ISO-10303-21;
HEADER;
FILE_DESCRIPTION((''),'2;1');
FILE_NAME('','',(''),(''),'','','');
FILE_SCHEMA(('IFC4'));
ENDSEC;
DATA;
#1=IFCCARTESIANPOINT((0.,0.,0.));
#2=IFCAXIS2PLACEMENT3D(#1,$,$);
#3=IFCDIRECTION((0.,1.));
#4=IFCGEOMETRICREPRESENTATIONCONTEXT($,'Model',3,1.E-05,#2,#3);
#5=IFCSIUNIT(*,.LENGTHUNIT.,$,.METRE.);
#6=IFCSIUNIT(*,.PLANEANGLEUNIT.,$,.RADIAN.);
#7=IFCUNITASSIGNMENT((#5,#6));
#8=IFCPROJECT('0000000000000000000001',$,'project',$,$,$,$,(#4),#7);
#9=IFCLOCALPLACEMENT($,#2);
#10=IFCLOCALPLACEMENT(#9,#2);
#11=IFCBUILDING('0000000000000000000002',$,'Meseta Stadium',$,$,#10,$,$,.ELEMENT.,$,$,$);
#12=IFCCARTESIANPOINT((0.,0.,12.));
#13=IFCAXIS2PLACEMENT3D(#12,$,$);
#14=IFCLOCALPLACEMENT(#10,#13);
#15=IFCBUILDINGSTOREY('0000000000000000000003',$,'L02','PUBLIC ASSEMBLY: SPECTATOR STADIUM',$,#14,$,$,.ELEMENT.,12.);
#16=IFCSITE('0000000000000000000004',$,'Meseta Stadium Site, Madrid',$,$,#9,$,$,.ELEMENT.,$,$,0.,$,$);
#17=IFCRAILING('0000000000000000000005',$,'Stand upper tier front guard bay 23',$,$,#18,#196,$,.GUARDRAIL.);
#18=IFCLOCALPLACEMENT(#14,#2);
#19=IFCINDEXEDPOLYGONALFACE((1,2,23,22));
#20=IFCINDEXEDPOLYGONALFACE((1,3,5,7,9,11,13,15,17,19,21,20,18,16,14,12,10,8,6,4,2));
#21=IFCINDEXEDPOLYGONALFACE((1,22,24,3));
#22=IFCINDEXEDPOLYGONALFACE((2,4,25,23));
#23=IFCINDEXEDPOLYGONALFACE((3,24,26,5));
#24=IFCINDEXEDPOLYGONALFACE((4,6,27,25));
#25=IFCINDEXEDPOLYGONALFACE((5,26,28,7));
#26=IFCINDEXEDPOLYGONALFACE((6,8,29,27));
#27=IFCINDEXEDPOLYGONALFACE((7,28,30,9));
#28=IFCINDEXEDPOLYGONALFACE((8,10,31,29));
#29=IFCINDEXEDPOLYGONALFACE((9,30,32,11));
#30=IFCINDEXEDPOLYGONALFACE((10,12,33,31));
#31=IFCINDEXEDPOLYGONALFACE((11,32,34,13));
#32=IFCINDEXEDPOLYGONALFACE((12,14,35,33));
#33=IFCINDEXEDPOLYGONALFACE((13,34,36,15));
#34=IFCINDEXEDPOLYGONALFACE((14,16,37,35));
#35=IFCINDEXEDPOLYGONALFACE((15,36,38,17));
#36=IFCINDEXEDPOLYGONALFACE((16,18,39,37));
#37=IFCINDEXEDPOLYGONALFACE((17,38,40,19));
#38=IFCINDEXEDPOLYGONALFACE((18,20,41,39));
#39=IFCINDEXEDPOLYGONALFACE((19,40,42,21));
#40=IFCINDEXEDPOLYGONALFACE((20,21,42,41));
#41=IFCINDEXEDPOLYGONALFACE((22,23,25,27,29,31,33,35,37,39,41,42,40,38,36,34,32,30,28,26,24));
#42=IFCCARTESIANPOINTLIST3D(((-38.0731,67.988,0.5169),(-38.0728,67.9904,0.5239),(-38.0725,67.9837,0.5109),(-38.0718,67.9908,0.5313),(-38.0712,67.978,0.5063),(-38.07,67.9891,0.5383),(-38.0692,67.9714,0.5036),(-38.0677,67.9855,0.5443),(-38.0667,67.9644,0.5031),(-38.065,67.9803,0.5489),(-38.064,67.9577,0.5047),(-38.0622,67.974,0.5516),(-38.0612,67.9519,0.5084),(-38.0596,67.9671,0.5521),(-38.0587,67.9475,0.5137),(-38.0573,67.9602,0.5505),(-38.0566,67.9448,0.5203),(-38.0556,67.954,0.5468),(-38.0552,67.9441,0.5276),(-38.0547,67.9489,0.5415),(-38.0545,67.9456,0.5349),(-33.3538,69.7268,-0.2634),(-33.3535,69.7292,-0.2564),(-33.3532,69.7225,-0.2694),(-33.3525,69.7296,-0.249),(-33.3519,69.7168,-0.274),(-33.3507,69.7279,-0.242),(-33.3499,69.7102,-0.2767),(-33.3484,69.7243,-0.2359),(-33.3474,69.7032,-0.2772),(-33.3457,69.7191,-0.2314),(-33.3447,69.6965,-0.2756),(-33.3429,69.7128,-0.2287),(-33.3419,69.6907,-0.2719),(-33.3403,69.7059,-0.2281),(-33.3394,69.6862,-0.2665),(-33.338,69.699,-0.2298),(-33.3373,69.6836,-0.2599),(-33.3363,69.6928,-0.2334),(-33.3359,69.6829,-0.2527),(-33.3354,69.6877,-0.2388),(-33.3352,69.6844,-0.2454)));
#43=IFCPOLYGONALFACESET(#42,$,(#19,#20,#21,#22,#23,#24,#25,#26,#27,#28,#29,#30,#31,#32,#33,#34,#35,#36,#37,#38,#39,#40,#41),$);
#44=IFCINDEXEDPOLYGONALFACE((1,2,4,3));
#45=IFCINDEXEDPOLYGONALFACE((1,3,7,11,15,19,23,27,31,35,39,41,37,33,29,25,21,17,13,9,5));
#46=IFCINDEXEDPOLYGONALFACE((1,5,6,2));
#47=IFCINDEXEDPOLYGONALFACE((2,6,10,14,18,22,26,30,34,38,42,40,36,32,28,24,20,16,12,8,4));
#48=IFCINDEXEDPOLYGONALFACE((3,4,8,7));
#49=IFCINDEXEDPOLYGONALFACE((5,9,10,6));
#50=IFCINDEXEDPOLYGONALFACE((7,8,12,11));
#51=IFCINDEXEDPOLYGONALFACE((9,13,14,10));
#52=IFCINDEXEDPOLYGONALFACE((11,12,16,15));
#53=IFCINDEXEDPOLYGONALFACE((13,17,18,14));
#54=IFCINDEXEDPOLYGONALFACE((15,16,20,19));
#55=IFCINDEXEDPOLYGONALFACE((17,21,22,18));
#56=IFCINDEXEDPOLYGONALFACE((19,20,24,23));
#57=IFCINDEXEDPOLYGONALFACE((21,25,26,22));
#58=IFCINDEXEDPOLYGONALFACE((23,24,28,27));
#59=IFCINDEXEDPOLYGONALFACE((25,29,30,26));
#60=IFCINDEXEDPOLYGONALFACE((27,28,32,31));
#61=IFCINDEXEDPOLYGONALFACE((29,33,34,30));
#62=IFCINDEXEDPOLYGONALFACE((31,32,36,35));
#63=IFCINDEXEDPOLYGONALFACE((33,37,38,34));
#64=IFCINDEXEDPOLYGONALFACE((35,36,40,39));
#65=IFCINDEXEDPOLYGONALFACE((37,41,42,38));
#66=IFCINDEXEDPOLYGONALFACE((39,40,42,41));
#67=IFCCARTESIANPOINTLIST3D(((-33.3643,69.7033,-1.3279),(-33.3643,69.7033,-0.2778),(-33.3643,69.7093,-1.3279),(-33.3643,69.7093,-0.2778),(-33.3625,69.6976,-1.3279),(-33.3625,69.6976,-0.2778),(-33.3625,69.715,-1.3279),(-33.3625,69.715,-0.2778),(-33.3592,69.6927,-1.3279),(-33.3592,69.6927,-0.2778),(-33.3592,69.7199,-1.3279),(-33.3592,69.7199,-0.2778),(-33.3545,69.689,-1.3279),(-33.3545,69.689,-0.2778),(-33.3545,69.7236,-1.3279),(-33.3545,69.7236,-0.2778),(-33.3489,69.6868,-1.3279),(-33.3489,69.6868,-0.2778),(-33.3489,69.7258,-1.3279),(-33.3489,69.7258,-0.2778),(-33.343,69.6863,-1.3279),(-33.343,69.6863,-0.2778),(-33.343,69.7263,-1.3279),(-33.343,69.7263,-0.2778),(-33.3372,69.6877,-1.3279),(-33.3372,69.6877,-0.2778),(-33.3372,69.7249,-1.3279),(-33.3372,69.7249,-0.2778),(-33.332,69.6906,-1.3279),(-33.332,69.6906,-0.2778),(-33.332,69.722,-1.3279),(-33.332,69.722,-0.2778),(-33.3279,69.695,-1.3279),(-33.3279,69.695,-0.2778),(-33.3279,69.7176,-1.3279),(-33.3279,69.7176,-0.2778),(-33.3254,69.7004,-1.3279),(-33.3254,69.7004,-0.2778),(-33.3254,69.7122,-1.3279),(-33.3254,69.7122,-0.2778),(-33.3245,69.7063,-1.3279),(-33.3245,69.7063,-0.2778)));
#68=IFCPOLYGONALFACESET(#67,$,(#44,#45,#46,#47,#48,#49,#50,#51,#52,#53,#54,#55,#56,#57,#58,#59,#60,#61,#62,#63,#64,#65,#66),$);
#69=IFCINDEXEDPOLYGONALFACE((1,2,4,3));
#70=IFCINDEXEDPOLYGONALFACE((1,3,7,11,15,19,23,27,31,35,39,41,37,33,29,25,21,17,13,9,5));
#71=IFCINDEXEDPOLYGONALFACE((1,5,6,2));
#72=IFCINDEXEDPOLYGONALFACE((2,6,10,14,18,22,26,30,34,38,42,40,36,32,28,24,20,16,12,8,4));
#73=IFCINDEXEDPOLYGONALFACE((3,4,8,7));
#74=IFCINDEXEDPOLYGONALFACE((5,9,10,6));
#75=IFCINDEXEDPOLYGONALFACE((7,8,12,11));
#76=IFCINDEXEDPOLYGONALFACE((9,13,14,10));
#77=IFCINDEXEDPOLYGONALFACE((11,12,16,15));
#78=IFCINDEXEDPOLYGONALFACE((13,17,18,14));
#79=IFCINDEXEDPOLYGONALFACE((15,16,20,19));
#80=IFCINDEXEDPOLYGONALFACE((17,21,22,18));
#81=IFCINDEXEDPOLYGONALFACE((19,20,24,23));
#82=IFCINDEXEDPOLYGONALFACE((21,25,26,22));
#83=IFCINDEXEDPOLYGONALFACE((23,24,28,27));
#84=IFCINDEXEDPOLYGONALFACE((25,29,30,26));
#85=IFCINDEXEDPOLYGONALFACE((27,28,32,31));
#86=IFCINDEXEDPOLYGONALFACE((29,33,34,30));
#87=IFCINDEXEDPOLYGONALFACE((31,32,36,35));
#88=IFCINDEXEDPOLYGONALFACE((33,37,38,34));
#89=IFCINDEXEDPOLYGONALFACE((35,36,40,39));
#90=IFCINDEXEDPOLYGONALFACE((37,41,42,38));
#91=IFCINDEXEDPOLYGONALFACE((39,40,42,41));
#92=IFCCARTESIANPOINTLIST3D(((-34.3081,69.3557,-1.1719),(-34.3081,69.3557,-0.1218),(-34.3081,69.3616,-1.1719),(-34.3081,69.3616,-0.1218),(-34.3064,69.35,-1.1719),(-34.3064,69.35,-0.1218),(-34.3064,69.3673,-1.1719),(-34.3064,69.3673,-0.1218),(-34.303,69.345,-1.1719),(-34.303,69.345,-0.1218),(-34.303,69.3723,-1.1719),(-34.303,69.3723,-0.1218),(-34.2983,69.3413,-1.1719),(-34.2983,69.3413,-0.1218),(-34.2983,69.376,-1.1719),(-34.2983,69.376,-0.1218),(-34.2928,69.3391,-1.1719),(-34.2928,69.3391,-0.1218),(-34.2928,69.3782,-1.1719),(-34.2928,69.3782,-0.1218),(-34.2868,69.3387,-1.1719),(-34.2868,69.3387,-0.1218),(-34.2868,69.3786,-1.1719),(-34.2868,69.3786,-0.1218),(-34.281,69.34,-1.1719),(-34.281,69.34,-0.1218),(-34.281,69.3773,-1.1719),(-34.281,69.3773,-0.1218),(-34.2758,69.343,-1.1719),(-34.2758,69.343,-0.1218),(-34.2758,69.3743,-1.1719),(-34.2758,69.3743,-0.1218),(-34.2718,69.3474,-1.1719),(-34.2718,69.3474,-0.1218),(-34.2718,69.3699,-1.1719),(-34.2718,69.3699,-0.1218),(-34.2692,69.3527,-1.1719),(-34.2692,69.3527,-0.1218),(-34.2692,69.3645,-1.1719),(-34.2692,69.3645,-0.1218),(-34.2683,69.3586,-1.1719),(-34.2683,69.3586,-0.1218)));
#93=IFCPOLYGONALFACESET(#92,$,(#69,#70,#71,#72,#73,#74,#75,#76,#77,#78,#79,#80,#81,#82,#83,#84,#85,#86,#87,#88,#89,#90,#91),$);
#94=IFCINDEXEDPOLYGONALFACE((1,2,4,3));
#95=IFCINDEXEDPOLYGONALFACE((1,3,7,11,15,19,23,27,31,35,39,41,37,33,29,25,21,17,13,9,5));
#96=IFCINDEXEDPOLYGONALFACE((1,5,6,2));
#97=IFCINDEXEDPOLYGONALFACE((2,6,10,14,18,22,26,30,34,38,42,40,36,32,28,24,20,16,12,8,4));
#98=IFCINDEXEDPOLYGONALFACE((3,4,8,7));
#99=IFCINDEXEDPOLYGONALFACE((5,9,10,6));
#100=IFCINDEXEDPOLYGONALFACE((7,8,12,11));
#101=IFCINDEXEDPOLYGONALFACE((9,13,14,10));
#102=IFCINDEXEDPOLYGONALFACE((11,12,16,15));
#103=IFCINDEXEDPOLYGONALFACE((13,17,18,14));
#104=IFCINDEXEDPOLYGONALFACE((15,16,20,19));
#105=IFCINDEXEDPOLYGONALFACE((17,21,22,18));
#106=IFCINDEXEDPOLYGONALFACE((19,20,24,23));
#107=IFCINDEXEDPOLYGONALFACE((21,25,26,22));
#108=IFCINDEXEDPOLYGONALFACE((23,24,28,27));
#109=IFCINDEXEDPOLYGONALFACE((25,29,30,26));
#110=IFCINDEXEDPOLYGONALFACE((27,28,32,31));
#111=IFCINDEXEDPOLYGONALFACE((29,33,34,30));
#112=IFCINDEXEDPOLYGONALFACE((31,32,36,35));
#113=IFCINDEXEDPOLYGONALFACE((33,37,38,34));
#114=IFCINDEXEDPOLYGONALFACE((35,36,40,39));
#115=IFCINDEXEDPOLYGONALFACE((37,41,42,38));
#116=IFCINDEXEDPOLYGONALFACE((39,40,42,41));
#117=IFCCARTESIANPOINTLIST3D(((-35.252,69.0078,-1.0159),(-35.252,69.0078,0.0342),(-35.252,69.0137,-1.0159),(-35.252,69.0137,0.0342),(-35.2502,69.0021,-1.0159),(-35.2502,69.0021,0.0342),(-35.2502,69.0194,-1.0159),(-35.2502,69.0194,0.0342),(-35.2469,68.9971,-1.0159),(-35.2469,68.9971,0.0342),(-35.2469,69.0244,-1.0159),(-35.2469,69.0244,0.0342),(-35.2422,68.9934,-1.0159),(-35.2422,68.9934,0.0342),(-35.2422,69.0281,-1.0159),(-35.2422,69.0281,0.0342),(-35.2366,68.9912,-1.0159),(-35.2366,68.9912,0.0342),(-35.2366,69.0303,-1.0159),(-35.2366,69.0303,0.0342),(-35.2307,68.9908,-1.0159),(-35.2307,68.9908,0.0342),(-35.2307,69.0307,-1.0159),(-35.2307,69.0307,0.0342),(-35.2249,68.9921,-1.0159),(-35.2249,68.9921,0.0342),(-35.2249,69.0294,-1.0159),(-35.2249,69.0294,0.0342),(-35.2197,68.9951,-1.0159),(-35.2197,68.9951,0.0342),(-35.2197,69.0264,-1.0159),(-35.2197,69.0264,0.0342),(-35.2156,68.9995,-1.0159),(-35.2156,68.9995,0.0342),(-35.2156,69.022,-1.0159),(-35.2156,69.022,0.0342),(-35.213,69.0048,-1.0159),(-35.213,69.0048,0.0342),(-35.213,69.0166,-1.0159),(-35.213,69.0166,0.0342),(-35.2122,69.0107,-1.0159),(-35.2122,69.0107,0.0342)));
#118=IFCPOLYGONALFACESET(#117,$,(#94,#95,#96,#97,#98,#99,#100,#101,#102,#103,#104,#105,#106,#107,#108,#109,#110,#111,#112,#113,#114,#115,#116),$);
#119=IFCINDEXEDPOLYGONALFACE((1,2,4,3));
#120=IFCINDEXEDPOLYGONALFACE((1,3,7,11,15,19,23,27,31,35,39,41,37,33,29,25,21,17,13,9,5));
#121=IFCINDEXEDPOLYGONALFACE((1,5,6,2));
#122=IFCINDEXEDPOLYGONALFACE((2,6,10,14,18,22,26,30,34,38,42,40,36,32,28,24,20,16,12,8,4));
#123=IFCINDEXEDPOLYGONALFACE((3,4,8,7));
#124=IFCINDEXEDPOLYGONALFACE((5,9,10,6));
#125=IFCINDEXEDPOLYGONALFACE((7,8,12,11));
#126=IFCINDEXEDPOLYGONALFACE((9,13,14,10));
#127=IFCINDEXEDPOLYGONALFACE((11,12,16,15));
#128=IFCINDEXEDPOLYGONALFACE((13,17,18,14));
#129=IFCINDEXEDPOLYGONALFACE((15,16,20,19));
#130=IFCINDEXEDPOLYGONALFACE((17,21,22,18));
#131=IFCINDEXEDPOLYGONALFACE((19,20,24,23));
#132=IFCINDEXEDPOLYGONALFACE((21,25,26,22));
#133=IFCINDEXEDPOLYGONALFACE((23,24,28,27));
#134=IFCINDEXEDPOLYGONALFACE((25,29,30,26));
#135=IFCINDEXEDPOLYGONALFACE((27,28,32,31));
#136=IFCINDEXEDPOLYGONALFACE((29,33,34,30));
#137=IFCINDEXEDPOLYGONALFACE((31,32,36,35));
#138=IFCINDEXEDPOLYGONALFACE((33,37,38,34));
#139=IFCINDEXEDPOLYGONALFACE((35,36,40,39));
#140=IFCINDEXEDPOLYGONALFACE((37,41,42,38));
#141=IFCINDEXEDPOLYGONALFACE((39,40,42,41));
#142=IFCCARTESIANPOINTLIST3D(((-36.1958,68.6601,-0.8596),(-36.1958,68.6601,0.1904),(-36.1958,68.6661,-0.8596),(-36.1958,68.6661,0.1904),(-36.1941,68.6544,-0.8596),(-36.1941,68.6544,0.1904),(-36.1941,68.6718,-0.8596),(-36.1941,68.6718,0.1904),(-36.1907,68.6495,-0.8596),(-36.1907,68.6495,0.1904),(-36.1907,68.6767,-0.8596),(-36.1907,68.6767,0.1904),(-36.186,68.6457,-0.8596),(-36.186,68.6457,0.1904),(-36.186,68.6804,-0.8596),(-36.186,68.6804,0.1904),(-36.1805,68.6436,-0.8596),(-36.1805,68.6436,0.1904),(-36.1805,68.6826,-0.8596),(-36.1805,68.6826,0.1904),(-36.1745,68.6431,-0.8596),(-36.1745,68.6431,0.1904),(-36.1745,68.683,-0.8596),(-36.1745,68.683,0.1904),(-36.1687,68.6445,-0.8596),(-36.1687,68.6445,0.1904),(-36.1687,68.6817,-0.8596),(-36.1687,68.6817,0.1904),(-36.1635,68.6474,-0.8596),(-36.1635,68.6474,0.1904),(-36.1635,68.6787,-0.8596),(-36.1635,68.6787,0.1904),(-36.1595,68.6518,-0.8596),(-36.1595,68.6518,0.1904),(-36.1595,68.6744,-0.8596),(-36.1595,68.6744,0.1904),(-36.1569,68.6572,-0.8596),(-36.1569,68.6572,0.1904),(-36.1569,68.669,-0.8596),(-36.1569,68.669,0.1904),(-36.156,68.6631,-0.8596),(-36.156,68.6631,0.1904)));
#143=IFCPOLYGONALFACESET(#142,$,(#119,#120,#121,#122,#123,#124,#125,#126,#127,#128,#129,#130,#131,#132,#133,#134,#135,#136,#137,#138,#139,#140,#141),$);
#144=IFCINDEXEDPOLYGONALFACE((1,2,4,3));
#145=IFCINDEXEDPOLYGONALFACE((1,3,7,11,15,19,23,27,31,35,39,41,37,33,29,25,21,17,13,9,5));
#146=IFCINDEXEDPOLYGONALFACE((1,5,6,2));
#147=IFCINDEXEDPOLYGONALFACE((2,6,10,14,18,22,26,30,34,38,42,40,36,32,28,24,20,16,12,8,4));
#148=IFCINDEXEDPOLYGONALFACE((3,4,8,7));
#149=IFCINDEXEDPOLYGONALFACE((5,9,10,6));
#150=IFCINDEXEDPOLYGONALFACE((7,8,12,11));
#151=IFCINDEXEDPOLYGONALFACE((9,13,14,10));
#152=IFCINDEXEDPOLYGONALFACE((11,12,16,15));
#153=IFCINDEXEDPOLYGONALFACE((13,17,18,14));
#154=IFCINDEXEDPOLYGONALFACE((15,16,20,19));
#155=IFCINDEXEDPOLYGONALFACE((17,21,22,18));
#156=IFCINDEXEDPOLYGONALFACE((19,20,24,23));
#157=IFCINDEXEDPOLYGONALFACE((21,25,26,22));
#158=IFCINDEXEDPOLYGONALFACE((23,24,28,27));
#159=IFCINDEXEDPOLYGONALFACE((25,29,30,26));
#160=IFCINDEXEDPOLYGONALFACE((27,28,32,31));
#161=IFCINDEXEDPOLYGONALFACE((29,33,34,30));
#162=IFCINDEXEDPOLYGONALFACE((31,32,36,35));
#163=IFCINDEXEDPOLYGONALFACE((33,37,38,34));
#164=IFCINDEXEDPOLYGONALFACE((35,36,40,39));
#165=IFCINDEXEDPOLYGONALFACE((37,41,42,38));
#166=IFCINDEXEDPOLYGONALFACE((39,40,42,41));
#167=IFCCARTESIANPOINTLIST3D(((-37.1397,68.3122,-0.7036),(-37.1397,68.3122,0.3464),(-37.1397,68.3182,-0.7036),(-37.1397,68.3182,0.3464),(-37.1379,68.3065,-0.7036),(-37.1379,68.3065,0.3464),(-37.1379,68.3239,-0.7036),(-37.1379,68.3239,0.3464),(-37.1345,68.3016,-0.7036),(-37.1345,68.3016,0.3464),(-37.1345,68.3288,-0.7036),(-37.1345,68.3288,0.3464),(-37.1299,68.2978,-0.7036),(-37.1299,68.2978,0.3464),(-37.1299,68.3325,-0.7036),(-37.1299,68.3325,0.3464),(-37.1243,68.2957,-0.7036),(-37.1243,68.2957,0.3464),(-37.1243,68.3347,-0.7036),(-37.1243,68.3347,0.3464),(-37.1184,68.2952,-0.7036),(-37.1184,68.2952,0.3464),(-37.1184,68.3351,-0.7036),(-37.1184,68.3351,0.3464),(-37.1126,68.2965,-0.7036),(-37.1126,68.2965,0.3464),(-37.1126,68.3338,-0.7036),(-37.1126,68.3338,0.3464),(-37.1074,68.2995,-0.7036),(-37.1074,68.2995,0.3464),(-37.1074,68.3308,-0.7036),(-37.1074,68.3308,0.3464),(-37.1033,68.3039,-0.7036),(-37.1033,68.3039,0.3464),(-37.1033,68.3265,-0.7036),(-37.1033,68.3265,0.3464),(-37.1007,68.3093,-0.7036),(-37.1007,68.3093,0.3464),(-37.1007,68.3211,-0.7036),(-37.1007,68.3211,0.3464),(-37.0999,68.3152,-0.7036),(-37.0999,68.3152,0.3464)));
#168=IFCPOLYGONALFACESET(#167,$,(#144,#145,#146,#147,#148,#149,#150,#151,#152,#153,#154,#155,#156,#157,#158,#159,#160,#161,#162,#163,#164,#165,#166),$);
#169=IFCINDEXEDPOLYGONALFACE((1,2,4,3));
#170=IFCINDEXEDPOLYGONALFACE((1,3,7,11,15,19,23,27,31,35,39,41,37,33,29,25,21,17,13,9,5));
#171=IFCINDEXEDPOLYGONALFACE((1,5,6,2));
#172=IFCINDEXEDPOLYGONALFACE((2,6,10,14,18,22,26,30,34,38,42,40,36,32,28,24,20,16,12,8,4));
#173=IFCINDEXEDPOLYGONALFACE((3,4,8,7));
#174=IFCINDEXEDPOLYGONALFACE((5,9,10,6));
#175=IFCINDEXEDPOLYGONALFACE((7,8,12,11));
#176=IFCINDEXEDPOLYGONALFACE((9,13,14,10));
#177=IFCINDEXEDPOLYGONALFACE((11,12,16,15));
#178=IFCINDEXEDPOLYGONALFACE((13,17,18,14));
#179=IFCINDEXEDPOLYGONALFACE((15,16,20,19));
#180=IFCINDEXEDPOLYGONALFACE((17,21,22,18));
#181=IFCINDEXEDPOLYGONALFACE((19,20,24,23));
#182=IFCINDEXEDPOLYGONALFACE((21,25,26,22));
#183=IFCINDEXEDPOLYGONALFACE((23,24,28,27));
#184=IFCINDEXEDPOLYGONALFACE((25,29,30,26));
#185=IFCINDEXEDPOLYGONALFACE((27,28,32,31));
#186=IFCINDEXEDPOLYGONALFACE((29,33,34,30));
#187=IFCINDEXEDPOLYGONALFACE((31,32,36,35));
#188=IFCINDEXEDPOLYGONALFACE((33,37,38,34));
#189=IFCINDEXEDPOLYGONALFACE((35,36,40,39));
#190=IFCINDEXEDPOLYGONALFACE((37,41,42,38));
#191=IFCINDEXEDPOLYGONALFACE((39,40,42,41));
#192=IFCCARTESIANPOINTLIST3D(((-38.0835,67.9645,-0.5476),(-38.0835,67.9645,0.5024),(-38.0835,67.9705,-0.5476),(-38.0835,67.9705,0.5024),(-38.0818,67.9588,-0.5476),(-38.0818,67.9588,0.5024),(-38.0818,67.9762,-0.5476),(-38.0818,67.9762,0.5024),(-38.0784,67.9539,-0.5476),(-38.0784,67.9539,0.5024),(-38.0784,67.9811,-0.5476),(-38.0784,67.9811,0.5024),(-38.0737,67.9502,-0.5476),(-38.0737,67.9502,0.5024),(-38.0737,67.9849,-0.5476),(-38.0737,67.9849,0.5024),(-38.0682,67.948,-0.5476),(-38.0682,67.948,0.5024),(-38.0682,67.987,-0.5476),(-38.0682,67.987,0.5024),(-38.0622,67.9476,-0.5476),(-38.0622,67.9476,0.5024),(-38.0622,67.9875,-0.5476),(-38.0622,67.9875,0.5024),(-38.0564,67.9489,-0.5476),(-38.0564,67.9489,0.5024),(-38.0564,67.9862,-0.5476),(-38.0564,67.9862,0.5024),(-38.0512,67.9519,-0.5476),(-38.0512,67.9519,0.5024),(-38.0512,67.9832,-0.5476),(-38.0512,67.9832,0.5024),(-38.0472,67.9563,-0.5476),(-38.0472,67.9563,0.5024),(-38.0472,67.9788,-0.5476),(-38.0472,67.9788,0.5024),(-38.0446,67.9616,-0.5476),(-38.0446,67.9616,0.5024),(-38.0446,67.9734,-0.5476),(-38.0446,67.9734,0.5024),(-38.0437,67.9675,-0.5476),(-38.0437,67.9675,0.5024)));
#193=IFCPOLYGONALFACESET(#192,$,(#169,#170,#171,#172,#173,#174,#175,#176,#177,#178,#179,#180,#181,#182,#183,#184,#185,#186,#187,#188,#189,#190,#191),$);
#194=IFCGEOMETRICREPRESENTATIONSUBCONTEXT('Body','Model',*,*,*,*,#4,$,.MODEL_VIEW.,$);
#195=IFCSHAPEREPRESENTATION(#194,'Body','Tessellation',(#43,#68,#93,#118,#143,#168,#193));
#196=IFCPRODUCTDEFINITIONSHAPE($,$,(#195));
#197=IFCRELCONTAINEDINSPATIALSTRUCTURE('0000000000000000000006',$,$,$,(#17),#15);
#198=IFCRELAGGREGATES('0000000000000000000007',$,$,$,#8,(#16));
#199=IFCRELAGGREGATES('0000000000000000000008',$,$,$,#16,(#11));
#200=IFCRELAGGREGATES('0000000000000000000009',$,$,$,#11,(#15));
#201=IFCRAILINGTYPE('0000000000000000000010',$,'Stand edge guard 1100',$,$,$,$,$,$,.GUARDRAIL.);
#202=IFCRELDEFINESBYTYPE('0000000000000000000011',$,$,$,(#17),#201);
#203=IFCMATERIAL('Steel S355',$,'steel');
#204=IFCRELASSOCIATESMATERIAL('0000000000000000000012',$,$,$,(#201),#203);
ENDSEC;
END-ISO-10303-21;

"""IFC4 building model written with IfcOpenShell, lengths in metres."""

from ifc_helpers import new_model, si_unit, direction, frame, origin, origin_2d, place, context, subcontext, project, spatial, circle, extrude, material, type_object, element, save


model = new_model("IFC4")

# Units and contexts
model_context = context("Model", 3, precision=1e-05, world=origin(), true_north=direction((0.0, 1.0)))
body_context = subcontext(model_context, "Body", "Model", "MODEL_VIEW")
ifc_project = project(units=[si_unit("LENGTHUNIT", "METRE"), si_unit("PLANEANGLEUNIT", "RADIAN")], contexts=[model_context])

# Site, building, storey
site_placement = place(None, origin())
site = spatial("IfcSite", under=ifc_project, at=site_placement, Name="Meseta Stadium Site, Madrid", CompositionType="ELEMENT", RefElevation=0.0)
building_placement = place(site_placement, origin())
building = spatial("IfcBuilding", under=site, at=building_placement, Name="Meseta Stadium", CompositionType="ELEMENT")
storey_placement = place(building_placement, frame((0.0, 0.0, 12.0)))
storey = spatial("IfcBuildingStorey", under=building, at=storey_placement, Name="L02", Description="PUBLIC ASSEMBLY: SPECTATOR STADIUM", CompositionType="ELEMENT", Elevation=12.0)

# Railing
ifc_material_1 = material(Name="Steel S355", Category="steel")
railing_type = type_object("IfcRailingType", Name="Stand edge guard 1100", PredefinedType="GUARDRAIL", material=ifc_material_1)
railing_1_placement = place(storey_placement, frame((-33.3445, 69.7063, -1.3279)))
element("IfcRailing", 1, at=railing_1_placement, inside=storey, type_object=railing_type, Name="Stand upper tier front guard bay 23", PredefinedType="GUARDRAIL", context=body_context, shape_type="SweptSolid", body=[
    extrude(circle(Radius=0.0249, at=origin_2d()), frame((0.0, 0.0, 1.0752), z_axis=(-0.927244, -0.341636, 0.153309), x_axis=(0.345723, -0.938336, 0.0)), (0.0, 0.0, 1.0), 5.0896),
    extrude(circle(Radius=0.02, at=origin_2d()), origin(), (0.0, 0.0, 1.0), 1.05),
    extrude(circle(Radius=0.02, at=origin_2d()), frame((-0.9438, -0.3477, 0.156)), (0.0, 0.0, 1.0), 1.05),
    extrude(circle(Radius=0.02, at=origin_2d()), frame((-1.8877, -0.6956, 0.312)), (0.0, 0.0, 1.0), 1.05),
    extrude(circle(Radius=0.02, at=origin_2d()), frame((-2.8315, -1.0432, 0.4683)), (0.0, 0.0, 1.0), 1.05),
    extrude(circle(Radius=0.02, at=origin_2d()), frame((-3.7754, -1.3911, 0.6243)), (0.0, 0.0, 1.0), 1.05),
    extrude(circle(Radius=0.02, at=origin_2d()), frame((-4.7192, -1.7388, 0.7803)), (0.0, 0.0, 1.0), 1.05),
])

save(model, "model.ifc")
